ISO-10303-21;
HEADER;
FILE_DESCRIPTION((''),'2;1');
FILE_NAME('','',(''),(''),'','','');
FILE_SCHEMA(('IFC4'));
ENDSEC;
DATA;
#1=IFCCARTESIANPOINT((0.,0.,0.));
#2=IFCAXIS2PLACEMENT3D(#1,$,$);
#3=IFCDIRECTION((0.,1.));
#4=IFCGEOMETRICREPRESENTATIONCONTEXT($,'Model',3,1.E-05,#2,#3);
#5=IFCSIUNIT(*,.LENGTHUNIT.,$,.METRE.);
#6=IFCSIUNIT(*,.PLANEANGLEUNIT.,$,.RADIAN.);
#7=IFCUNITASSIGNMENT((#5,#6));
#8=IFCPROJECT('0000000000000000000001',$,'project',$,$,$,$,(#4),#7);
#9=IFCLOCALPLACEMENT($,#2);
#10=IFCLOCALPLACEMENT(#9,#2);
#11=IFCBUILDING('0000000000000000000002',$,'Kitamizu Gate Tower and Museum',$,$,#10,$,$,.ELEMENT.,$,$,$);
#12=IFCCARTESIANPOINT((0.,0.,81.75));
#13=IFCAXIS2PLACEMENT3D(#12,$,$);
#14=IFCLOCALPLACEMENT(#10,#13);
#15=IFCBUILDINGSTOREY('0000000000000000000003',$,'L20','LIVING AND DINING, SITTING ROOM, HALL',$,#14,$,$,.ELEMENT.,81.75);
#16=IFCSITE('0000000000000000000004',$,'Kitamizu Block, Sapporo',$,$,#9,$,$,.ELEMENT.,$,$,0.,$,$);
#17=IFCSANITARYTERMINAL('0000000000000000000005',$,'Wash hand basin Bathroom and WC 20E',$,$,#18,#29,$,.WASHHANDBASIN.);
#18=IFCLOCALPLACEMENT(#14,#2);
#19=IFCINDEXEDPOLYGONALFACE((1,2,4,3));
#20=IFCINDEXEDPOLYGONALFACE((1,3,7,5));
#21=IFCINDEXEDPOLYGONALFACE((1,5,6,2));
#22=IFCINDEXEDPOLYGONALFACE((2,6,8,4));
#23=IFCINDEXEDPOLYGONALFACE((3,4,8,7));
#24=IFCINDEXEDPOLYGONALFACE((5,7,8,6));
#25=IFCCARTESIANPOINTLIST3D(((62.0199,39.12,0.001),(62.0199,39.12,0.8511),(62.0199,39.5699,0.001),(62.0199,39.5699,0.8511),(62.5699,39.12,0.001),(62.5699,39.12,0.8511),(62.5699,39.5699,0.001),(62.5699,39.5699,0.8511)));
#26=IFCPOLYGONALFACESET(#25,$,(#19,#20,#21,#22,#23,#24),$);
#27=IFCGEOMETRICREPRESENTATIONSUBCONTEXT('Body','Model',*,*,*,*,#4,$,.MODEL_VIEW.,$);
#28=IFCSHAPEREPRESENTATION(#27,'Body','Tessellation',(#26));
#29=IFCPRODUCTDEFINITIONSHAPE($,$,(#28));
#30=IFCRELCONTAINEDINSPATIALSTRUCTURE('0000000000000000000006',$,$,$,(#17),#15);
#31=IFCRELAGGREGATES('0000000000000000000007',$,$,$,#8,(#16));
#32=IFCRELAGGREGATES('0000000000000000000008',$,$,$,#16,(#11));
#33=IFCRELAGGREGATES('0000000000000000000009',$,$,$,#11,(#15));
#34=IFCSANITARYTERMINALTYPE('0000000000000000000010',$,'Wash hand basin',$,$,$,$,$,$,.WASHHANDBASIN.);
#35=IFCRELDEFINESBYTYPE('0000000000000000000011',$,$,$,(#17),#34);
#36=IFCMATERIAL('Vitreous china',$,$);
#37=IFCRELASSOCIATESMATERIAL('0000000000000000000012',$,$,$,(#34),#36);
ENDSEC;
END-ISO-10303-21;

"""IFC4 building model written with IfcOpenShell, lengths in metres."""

from ifc_helpers import new_model, si_unit, direction, frame, origin, origin_2d, place, context, subcontext, project, spatial, rectangle, extrude, material, type_object, element, save


model = new_model("IFC4")

# Units and contexts
model_context = context("Model", 3, precision=1e-05, world=origin(), true_north=direction((0.0, 1.0)))
body_context = subcontext(model_context, "Body", "Model", "MODEL_VIEW")
ifc_project = project(units=[si_unit("LENGTHUNIT", "METRE"), si_unit("PLANEANGLEUNIT", "RADIAN")], contexts=[model_context])

# Site, building, storey
site_placement = place(None, origin())
site = spatial("IfcSite", under=ifc_project, at=site_placement, Name="Kitamizu Block, Sapporo", CompositionType="ELEMENT", RefElevation=0.0)
building_placement = place(site_placement, origin())
building = spatial("IfcBuilding", under=site, at=building_placement, Name="Kitamizu Gate Tower and Museum", CompositionType="ELEMENT")
storey_placement = place(building_placement, frame((0.0, 0.0, 81.75)))
storey = spatial("IfcBuildingStorey", under=building, at=storey_placement, Name="L20", Description="LIVING AND DINING, SITTING ROOM, HALL", CompositionType="ELEMENT", Elevation=81.75)

# Sanitary terminal
ifc_material_1 = material(Name="Vitreous china")
sanitary_terminal_type_1 = type_object("IfcSanitaryTerminalType", Name="Wash hand basin", PredefinedType="WASHHANDBASIN", material=ifc_material_1)
sanitary_terminal_1_placement = place(storey_placement, frame((62.2949, 39.345, 0.001), z_axis=(0.0, 0.0, 1.0), x_axis=(1.0, 0.0, 0.0)))
element("IfcSanitaryTerminal", 1, at=sanitary_terminal_1_placement, inside=storey, type_object=sanitary_terminal_type_1, Name="Wash hand basin Bathroom and WC 20E", PredefinedType="WASHHANDBASIN", context=body_context, shape_type="SweptSolid", body=[
    extrude(rectangle(XDim=0.55, YDim=0.45, at=origin_2d()), origin(), (0.0, 0.0, 1.0), 0.8501),
])

save(model, "model.ifc")
